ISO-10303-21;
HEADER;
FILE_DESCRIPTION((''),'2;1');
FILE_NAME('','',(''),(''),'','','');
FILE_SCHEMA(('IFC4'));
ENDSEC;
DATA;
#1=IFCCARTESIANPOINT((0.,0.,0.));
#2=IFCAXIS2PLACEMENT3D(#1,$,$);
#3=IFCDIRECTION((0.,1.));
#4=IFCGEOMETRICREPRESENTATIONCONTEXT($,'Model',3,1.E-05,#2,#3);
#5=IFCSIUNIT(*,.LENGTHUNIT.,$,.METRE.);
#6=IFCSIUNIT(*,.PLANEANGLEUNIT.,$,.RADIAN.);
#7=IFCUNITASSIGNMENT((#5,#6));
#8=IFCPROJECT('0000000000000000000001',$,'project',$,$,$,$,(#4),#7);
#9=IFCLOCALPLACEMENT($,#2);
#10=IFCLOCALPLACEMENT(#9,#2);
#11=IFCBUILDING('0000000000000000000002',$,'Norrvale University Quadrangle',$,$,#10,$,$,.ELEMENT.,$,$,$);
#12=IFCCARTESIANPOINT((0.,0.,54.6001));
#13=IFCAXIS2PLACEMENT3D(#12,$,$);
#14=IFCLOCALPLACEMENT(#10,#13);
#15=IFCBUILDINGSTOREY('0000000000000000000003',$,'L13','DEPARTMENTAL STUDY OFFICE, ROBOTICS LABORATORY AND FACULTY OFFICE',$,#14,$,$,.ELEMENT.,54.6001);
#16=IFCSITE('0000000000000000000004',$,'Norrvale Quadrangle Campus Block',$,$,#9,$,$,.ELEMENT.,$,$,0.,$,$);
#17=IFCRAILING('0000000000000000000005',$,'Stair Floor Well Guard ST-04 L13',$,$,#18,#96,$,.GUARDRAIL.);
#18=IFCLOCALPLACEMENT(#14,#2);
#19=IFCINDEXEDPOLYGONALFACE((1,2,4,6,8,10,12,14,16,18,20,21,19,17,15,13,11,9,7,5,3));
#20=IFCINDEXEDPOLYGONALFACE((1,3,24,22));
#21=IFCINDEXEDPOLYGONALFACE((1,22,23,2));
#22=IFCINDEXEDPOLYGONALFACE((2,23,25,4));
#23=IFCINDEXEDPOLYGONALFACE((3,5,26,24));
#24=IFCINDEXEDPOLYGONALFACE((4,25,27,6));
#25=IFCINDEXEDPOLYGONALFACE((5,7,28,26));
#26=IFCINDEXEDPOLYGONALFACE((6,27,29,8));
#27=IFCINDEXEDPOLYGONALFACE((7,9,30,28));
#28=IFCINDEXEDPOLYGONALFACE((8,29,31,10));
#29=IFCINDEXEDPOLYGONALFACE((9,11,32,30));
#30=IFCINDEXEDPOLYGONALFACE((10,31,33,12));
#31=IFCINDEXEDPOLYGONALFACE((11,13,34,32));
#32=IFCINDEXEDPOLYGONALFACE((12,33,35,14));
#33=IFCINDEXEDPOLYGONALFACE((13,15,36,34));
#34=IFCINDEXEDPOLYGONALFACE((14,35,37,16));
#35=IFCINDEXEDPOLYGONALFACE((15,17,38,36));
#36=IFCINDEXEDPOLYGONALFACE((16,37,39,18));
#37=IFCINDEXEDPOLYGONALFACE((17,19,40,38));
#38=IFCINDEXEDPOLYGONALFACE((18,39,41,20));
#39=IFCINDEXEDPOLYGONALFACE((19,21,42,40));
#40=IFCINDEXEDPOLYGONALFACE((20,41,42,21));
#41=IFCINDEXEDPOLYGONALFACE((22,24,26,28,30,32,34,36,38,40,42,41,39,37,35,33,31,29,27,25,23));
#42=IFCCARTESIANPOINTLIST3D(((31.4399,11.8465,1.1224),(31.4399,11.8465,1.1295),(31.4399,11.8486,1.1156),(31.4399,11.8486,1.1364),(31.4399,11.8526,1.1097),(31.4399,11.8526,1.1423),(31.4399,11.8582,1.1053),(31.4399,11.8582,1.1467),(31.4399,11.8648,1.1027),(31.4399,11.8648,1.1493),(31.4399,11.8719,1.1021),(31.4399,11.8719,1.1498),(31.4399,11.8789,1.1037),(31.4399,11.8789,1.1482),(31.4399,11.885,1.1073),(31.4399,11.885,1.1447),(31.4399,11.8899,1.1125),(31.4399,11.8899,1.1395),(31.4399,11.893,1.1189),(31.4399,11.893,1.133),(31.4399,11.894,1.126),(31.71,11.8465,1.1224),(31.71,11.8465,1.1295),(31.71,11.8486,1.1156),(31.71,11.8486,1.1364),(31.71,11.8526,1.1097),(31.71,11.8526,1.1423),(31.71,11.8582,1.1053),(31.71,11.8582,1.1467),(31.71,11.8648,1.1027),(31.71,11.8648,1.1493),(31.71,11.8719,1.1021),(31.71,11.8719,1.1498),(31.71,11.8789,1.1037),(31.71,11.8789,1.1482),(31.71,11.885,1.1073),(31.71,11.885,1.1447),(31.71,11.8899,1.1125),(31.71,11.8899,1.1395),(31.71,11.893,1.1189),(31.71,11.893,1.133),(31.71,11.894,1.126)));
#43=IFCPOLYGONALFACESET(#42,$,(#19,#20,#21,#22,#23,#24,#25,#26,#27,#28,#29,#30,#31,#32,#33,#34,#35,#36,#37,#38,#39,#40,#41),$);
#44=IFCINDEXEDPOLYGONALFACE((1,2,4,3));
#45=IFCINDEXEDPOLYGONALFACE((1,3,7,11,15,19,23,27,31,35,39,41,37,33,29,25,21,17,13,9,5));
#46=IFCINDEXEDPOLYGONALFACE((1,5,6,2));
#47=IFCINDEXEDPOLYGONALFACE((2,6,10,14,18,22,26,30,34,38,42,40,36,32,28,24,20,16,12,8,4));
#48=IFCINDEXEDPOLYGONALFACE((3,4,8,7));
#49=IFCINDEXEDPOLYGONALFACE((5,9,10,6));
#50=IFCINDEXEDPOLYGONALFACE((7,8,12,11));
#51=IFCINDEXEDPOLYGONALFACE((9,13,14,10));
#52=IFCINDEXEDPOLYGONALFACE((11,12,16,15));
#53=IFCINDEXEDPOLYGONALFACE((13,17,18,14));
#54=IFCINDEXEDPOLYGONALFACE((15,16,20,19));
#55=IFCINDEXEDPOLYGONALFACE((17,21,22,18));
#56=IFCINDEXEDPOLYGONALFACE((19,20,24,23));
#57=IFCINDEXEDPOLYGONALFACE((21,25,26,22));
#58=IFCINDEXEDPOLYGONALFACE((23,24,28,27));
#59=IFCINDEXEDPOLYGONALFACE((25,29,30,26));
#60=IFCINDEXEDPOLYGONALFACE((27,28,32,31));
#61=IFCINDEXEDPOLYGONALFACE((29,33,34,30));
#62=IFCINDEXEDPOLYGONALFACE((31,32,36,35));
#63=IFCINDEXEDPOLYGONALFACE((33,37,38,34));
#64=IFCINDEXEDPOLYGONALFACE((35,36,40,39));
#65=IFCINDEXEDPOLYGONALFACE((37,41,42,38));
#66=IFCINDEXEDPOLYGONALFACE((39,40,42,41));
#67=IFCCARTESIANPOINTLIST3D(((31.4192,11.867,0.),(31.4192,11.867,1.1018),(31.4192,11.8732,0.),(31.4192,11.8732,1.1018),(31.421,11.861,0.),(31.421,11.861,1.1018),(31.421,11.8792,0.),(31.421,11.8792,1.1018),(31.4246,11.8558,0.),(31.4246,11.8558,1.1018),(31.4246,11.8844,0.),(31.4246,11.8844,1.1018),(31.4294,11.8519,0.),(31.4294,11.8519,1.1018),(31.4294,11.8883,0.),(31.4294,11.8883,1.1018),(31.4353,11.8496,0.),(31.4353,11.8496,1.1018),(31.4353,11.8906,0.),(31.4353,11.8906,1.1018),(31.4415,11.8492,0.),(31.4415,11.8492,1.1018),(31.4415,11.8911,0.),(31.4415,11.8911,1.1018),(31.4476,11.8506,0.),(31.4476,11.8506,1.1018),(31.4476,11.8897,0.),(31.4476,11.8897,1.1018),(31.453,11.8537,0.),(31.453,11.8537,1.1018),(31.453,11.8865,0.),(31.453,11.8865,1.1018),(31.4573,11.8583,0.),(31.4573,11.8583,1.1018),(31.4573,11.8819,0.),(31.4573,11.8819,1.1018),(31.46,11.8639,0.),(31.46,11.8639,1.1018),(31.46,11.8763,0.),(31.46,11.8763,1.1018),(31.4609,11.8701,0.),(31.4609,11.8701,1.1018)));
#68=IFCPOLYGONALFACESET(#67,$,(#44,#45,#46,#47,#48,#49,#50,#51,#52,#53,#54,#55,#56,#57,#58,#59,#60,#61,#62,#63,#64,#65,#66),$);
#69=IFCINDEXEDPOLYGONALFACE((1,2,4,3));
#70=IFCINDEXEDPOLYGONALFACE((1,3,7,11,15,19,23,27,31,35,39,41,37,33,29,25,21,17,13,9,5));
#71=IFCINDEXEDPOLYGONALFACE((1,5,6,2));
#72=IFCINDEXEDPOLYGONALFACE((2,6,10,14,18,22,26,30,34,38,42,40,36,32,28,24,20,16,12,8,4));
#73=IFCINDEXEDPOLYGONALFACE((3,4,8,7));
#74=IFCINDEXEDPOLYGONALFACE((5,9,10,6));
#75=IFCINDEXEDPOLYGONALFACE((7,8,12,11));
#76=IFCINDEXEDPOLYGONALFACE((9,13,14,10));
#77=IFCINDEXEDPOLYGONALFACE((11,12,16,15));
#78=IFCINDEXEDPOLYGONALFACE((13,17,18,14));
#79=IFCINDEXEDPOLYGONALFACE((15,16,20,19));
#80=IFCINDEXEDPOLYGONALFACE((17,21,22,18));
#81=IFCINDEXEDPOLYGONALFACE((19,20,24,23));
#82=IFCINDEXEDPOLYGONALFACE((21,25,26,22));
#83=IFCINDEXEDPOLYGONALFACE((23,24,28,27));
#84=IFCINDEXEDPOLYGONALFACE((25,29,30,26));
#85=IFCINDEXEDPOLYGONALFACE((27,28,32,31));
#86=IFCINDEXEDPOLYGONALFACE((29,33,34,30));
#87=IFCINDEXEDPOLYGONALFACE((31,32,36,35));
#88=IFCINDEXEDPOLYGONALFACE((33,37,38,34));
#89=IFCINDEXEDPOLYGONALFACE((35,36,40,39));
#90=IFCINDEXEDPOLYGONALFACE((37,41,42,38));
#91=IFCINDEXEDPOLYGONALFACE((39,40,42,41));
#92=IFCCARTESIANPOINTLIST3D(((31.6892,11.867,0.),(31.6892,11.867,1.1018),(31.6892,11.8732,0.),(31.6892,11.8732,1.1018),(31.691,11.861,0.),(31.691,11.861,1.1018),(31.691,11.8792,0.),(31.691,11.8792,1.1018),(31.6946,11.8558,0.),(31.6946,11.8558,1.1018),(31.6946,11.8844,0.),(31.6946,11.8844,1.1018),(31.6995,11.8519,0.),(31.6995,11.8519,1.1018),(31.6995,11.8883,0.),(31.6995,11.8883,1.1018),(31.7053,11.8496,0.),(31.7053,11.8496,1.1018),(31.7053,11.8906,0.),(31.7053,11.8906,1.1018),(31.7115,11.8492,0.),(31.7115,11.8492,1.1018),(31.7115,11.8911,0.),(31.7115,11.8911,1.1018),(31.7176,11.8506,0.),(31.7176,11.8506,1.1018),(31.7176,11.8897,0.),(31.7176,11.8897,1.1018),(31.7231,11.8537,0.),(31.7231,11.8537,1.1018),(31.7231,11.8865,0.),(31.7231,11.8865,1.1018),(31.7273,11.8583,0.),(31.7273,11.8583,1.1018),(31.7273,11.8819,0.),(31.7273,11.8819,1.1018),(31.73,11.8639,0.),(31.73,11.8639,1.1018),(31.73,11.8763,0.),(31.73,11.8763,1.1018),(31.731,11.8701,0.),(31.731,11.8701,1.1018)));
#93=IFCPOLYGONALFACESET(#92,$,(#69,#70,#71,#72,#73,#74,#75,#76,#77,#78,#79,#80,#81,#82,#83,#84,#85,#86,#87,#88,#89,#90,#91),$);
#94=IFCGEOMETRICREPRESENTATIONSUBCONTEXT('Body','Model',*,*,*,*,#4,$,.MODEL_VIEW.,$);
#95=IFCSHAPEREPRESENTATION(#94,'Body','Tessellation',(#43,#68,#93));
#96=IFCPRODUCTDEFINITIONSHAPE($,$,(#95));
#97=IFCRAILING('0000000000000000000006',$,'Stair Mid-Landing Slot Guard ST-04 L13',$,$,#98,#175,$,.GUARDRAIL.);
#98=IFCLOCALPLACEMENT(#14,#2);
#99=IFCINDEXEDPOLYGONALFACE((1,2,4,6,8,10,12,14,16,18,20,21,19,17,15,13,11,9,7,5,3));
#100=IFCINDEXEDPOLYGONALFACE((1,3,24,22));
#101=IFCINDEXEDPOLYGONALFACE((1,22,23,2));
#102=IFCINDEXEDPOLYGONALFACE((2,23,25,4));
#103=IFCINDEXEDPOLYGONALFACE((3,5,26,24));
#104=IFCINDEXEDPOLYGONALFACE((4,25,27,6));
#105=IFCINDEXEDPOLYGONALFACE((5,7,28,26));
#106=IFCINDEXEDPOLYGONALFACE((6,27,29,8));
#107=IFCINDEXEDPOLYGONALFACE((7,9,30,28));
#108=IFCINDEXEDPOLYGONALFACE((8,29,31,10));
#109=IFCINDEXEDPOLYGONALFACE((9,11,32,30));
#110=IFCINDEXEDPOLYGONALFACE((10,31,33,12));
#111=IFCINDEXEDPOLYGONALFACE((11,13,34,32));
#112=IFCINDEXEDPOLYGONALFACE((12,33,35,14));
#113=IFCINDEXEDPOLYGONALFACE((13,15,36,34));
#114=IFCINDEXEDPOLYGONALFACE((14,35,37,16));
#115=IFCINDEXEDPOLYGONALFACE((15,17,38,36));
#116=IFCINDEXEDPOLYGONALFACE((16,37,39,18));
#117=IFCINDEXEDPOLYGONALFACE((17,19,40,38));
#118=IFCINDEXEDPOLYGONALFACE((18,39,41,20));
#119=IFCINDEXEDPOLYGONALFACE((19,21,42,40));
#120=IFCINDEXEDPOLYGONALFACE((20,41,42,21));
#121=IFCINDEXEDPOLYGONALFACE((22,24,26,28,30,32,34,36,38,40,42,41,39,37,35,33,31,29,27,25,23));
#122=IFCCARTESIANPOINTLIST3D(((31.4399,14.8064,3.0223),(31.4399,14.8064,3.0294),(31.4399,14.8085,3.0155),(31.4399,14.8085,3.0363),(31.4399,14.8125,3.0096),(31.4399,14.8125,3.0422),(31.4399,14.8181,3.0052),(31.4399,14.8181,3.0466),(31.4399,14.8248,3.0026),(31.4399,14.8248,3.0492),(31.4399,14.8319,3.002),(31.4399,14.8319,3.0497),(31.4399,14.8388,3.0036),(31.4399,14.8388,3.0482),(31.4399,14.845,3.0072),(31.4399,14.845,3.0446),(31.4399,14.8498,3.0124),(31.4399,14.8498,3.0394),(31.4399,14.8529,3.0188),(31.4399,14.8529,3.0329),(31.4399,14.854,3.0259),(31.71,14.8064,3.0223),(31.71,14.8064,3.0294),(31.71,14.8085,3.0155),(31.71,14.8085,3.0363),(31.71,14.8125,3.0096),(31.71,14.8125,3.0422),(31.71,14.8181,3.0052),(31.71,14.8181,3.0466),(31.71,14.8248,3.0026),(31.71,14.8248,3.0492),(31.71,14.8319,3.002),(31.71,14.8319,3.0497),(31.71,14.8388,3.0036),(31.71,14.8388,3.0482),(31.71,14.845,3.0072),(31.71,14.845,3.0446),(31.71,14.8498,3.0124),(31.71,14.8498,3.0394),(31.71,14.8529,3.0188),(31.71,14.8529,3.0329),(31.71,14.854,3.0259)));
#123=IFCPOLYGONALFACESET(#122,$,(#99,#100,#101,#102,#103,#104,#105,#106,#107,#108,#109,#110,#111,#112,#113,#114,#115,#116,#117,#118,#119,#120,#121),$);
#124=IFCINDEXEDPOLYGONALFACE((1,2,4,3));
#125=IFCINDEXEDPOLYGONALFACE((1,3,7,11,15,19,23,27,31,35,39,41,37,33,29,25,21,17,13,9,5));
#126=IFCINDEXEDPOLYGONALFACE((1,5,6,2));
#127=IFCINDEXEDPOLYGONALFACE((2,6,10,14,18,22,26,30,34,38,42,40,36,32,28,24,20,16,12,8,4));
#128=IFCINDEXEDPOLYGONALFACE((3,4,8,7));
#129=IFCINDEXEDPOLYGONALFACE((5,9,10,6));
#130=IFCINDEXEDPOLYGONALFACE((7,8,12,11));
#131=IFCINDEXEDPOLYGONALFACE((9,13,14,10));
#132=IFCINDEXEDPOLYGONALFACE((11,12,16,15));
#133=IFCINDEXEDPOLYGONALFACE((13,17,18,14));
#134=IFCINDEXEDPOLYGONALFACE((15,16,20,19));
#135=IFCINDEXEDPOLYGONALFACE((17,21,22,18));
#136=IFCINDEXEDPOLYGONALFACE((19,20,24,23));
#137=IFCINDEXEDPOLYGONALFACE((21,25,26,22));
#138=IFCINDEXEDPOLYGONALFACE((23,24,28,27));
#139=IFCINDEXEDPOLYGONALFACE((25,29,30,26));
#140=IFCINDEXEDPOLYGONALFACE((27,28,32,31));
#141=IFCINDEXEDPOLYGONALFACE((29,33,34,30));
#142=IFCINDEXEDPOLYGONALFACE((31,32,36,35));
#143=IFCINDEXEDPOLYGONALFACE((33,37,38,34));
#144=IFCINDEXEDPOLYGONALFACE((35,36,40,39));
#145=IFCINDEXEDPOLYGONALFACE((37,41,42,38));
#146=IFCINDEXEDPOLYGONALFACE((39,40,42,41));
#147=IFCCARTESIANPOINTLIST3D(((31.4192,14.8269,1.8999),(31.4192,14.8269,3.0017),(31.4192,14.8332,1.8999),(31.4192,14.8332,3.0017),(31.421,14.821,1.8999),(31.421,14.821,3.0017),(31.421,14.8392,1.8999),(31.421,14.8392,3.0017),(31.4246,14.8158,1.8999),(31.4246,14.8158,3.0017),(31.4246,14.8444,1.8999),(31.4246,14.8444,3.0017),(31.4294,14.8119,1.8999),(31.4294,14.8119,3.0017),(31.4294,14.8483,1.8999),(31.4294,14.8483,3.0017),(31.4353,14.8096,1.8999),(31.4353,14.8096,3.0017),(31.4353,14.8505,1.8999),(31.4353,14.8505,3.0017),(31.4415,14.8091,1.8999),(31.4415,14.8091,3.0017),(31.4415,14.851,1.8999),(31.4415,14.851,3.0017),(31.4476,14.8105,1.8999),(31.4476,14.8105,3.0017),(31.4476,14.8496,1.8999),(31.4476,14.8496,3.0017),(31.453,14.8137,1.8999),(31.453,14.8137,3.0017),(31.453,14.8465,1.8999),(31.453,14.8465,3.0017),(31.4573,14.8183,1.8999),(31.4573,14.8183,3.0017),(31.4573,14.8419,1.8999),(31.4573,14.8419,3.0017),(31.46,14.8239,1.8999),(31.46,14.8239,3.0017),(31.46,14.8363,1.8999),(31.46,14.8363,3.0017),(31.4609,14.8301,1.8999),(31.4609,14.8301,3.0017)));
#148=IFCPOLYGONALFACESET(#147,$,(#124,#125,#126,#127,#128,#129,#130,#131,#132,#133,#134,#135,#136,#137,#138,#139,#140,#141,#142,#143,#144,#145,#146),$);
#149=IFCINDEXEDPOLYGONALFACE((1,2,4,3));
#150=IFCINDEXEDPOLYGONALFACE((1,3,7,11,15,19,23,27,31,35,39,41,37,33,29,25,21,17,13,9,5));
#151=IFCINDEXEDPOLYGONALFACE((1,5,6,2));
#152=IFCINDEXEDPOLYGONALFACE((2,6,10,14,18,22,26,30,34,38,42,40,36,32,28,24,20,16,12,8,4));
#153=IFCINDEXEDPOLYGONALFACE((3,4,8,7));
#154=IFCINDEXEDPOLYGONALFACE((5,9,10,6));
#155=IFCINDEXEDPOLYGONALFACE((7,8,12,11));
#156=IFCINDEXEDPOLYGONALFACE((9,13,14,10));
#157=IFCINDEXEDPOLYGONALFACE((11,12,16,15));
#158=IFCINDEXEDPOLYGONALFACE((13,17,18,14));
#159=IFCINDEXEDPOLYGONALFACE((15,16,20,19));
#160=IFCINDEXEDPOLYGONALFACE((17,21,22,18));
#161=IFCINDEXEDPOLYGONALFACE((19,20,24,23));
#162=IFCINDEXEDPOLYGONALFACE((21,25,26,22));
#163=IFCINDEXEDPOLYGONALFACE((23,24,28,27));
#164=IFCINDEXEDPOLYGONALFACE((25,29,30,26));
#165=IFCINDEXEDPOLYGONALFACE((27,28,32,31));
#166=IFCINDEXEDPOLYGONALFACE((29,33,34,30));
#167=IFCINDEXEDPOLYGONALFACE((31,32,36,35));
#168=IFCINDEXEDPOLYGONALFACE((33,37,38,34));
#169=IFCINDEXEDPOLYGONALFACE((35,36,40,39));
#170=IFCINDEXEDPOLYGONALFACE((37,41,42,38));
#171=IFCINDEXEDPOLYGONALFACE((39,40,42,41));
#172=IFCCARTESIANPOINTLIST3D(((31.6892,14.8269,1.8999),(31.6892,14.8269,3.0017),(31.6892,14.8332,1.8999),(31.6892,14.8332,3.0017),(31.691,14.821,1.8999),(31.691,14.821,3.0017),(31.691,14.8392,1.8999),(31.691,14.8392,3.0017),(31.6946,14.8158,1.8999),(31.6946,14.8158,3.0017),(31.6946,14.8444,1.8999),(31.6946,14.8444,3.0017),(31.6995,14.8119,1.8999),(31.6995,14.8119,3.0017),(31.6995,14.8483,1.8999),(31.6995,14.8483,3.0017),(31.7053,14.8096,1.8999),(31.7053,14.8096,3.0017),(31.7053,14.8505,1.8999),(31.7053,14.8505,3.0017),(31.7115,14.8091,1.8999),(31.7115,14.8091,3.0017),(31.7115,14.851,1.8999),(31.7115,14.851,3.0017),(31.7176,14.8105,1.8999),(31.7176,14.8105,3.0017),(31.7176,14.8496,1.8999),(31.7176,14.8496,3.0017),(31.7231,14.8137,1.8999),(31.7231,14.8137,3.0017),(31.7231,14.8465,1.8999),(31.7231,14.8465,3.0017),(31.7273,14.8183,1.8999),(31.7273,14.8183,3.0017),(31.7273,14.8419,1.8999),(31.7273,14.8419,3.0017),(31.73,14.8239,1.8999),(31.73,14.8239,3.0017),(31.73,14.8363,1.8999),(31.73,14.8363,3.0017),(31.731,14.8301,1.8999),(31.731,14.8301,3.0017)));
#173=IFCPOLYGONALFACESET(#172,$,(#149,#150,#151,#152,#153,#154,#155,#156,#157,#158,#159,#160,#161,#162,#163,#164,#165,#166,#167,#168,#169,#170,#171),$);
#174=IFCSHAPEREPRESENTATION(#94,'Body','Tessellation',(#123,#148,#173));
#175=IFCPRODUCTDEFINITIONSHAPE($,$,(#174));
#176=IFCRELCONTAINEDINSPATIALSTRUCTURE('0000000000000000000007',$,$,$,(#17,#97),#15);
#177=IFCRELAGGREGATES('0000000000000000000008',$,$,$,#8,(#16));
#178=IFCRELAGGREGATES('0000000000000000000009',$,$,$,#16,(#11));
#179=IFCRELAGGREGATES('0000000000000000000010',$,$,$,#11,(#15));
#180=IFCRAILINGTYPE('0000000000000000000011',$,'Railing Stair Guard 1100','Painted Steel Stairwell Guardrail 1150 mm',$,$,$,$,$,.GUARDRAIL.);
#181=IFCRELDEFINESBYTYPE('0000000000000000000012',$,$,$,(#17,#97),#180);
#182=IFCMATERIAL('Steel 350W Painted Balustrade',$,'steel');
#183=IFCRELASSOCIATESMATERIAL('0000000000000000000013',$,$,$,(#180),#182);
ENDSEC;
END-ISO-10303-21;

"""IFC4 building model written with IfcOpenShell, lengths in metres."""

from ifc_helpers import new_model, si_unit, direction, frame, origin, origin_2d, place, context, subcontext, project, spatial, circle, extrude, material, type_object, element, save


model = new_model("IFC4")

# Units and contexts
model_context = context("Model", 3, precision=1e-05, world=origin(), true_north=direction((0.0, 1.0)))
body_context = subcontext(model_context, "Body", "Model", "MODEL_VIEW")
ifc_project = project(units=[si_unit("LENGTHUNIT", "METRE"), si_unit("PLANEANGLEUNIT", "RADIAN")], contexts=[model_context])

# Site, building, storey
site_placement = place(None, origin())
site = spatial("IfcSite", under=ifc_project, at=site_placement, Name="Norrvale Quadrangle Campus Block", CompositionType="ELEMENT", RefElevation=0.0)
building_placement = place(site_placement, origin())
building = spatial("IfcBuilding", under=site, at=building_placement, Name="Norrvale University Quadrangle", CompositionType="ELEMENT")
storey_placement = place(building_placement, frame((0.0, 0.0, 54.6001)))
storey = spatial("IfcBuildingStorey", under=building, at=storey_placement, Name="L13", Description="DEPARTMENTAL STUDY OFFICE, ROBOTICS LABORATORY AND FACULTY OFFICE", CompositionType="ELEMENT", Elevation=54.6001)

# Railings
ifc_material_1 = material(Name="Steel 350W Painted Balustrade", Category="steel")
railing_type_1 = type_object("IfcRailingType", Name="Railing Stair Guard 1100", Description="Painted Steel Stairwell Guardrail 1150 mm", PredefinedType="GUARDRAIL", material=ifc_material_1)
for number, where, name in (
    (1, (31.4399, 11.8701, 0.0), "Stair Floor Well Guard ST-04 L13"),
    (2, (31.4399, 14.8301, 1.8999), "Stair Mid-Landing Slot Guard ST-04 L13"),
):
    element("IfcRailing", number, at=place(storey_placement, frame(where)), inside=storey, type_object=railing_type_1, Name=name, PredefinedType="GUARDRAIL", context=body_context, shape_type="SweptSolid", body=[
        extrude(circle(Radius=0.0239, at=origin_2d()), frame((0.0, 0.0, 1.126), z_axis=(1.0, 0.0, 0.0), x_axis=(0.0, 1.0, 0.0)), (0.0, 0.0, 1.0), 0.27),
        extrude(circle(Radius=0.021, at=origin_2d()), origin(), (0.0, 0.0, 1.0), 1.1018),
        extrude(circle(Radius=0.021, at=origin_2d()), frame((0.27, 0.0, 0.0)), (0.0, 0.0, 1.0), 1.1018),
    ])

save(model, "model.ifc")
